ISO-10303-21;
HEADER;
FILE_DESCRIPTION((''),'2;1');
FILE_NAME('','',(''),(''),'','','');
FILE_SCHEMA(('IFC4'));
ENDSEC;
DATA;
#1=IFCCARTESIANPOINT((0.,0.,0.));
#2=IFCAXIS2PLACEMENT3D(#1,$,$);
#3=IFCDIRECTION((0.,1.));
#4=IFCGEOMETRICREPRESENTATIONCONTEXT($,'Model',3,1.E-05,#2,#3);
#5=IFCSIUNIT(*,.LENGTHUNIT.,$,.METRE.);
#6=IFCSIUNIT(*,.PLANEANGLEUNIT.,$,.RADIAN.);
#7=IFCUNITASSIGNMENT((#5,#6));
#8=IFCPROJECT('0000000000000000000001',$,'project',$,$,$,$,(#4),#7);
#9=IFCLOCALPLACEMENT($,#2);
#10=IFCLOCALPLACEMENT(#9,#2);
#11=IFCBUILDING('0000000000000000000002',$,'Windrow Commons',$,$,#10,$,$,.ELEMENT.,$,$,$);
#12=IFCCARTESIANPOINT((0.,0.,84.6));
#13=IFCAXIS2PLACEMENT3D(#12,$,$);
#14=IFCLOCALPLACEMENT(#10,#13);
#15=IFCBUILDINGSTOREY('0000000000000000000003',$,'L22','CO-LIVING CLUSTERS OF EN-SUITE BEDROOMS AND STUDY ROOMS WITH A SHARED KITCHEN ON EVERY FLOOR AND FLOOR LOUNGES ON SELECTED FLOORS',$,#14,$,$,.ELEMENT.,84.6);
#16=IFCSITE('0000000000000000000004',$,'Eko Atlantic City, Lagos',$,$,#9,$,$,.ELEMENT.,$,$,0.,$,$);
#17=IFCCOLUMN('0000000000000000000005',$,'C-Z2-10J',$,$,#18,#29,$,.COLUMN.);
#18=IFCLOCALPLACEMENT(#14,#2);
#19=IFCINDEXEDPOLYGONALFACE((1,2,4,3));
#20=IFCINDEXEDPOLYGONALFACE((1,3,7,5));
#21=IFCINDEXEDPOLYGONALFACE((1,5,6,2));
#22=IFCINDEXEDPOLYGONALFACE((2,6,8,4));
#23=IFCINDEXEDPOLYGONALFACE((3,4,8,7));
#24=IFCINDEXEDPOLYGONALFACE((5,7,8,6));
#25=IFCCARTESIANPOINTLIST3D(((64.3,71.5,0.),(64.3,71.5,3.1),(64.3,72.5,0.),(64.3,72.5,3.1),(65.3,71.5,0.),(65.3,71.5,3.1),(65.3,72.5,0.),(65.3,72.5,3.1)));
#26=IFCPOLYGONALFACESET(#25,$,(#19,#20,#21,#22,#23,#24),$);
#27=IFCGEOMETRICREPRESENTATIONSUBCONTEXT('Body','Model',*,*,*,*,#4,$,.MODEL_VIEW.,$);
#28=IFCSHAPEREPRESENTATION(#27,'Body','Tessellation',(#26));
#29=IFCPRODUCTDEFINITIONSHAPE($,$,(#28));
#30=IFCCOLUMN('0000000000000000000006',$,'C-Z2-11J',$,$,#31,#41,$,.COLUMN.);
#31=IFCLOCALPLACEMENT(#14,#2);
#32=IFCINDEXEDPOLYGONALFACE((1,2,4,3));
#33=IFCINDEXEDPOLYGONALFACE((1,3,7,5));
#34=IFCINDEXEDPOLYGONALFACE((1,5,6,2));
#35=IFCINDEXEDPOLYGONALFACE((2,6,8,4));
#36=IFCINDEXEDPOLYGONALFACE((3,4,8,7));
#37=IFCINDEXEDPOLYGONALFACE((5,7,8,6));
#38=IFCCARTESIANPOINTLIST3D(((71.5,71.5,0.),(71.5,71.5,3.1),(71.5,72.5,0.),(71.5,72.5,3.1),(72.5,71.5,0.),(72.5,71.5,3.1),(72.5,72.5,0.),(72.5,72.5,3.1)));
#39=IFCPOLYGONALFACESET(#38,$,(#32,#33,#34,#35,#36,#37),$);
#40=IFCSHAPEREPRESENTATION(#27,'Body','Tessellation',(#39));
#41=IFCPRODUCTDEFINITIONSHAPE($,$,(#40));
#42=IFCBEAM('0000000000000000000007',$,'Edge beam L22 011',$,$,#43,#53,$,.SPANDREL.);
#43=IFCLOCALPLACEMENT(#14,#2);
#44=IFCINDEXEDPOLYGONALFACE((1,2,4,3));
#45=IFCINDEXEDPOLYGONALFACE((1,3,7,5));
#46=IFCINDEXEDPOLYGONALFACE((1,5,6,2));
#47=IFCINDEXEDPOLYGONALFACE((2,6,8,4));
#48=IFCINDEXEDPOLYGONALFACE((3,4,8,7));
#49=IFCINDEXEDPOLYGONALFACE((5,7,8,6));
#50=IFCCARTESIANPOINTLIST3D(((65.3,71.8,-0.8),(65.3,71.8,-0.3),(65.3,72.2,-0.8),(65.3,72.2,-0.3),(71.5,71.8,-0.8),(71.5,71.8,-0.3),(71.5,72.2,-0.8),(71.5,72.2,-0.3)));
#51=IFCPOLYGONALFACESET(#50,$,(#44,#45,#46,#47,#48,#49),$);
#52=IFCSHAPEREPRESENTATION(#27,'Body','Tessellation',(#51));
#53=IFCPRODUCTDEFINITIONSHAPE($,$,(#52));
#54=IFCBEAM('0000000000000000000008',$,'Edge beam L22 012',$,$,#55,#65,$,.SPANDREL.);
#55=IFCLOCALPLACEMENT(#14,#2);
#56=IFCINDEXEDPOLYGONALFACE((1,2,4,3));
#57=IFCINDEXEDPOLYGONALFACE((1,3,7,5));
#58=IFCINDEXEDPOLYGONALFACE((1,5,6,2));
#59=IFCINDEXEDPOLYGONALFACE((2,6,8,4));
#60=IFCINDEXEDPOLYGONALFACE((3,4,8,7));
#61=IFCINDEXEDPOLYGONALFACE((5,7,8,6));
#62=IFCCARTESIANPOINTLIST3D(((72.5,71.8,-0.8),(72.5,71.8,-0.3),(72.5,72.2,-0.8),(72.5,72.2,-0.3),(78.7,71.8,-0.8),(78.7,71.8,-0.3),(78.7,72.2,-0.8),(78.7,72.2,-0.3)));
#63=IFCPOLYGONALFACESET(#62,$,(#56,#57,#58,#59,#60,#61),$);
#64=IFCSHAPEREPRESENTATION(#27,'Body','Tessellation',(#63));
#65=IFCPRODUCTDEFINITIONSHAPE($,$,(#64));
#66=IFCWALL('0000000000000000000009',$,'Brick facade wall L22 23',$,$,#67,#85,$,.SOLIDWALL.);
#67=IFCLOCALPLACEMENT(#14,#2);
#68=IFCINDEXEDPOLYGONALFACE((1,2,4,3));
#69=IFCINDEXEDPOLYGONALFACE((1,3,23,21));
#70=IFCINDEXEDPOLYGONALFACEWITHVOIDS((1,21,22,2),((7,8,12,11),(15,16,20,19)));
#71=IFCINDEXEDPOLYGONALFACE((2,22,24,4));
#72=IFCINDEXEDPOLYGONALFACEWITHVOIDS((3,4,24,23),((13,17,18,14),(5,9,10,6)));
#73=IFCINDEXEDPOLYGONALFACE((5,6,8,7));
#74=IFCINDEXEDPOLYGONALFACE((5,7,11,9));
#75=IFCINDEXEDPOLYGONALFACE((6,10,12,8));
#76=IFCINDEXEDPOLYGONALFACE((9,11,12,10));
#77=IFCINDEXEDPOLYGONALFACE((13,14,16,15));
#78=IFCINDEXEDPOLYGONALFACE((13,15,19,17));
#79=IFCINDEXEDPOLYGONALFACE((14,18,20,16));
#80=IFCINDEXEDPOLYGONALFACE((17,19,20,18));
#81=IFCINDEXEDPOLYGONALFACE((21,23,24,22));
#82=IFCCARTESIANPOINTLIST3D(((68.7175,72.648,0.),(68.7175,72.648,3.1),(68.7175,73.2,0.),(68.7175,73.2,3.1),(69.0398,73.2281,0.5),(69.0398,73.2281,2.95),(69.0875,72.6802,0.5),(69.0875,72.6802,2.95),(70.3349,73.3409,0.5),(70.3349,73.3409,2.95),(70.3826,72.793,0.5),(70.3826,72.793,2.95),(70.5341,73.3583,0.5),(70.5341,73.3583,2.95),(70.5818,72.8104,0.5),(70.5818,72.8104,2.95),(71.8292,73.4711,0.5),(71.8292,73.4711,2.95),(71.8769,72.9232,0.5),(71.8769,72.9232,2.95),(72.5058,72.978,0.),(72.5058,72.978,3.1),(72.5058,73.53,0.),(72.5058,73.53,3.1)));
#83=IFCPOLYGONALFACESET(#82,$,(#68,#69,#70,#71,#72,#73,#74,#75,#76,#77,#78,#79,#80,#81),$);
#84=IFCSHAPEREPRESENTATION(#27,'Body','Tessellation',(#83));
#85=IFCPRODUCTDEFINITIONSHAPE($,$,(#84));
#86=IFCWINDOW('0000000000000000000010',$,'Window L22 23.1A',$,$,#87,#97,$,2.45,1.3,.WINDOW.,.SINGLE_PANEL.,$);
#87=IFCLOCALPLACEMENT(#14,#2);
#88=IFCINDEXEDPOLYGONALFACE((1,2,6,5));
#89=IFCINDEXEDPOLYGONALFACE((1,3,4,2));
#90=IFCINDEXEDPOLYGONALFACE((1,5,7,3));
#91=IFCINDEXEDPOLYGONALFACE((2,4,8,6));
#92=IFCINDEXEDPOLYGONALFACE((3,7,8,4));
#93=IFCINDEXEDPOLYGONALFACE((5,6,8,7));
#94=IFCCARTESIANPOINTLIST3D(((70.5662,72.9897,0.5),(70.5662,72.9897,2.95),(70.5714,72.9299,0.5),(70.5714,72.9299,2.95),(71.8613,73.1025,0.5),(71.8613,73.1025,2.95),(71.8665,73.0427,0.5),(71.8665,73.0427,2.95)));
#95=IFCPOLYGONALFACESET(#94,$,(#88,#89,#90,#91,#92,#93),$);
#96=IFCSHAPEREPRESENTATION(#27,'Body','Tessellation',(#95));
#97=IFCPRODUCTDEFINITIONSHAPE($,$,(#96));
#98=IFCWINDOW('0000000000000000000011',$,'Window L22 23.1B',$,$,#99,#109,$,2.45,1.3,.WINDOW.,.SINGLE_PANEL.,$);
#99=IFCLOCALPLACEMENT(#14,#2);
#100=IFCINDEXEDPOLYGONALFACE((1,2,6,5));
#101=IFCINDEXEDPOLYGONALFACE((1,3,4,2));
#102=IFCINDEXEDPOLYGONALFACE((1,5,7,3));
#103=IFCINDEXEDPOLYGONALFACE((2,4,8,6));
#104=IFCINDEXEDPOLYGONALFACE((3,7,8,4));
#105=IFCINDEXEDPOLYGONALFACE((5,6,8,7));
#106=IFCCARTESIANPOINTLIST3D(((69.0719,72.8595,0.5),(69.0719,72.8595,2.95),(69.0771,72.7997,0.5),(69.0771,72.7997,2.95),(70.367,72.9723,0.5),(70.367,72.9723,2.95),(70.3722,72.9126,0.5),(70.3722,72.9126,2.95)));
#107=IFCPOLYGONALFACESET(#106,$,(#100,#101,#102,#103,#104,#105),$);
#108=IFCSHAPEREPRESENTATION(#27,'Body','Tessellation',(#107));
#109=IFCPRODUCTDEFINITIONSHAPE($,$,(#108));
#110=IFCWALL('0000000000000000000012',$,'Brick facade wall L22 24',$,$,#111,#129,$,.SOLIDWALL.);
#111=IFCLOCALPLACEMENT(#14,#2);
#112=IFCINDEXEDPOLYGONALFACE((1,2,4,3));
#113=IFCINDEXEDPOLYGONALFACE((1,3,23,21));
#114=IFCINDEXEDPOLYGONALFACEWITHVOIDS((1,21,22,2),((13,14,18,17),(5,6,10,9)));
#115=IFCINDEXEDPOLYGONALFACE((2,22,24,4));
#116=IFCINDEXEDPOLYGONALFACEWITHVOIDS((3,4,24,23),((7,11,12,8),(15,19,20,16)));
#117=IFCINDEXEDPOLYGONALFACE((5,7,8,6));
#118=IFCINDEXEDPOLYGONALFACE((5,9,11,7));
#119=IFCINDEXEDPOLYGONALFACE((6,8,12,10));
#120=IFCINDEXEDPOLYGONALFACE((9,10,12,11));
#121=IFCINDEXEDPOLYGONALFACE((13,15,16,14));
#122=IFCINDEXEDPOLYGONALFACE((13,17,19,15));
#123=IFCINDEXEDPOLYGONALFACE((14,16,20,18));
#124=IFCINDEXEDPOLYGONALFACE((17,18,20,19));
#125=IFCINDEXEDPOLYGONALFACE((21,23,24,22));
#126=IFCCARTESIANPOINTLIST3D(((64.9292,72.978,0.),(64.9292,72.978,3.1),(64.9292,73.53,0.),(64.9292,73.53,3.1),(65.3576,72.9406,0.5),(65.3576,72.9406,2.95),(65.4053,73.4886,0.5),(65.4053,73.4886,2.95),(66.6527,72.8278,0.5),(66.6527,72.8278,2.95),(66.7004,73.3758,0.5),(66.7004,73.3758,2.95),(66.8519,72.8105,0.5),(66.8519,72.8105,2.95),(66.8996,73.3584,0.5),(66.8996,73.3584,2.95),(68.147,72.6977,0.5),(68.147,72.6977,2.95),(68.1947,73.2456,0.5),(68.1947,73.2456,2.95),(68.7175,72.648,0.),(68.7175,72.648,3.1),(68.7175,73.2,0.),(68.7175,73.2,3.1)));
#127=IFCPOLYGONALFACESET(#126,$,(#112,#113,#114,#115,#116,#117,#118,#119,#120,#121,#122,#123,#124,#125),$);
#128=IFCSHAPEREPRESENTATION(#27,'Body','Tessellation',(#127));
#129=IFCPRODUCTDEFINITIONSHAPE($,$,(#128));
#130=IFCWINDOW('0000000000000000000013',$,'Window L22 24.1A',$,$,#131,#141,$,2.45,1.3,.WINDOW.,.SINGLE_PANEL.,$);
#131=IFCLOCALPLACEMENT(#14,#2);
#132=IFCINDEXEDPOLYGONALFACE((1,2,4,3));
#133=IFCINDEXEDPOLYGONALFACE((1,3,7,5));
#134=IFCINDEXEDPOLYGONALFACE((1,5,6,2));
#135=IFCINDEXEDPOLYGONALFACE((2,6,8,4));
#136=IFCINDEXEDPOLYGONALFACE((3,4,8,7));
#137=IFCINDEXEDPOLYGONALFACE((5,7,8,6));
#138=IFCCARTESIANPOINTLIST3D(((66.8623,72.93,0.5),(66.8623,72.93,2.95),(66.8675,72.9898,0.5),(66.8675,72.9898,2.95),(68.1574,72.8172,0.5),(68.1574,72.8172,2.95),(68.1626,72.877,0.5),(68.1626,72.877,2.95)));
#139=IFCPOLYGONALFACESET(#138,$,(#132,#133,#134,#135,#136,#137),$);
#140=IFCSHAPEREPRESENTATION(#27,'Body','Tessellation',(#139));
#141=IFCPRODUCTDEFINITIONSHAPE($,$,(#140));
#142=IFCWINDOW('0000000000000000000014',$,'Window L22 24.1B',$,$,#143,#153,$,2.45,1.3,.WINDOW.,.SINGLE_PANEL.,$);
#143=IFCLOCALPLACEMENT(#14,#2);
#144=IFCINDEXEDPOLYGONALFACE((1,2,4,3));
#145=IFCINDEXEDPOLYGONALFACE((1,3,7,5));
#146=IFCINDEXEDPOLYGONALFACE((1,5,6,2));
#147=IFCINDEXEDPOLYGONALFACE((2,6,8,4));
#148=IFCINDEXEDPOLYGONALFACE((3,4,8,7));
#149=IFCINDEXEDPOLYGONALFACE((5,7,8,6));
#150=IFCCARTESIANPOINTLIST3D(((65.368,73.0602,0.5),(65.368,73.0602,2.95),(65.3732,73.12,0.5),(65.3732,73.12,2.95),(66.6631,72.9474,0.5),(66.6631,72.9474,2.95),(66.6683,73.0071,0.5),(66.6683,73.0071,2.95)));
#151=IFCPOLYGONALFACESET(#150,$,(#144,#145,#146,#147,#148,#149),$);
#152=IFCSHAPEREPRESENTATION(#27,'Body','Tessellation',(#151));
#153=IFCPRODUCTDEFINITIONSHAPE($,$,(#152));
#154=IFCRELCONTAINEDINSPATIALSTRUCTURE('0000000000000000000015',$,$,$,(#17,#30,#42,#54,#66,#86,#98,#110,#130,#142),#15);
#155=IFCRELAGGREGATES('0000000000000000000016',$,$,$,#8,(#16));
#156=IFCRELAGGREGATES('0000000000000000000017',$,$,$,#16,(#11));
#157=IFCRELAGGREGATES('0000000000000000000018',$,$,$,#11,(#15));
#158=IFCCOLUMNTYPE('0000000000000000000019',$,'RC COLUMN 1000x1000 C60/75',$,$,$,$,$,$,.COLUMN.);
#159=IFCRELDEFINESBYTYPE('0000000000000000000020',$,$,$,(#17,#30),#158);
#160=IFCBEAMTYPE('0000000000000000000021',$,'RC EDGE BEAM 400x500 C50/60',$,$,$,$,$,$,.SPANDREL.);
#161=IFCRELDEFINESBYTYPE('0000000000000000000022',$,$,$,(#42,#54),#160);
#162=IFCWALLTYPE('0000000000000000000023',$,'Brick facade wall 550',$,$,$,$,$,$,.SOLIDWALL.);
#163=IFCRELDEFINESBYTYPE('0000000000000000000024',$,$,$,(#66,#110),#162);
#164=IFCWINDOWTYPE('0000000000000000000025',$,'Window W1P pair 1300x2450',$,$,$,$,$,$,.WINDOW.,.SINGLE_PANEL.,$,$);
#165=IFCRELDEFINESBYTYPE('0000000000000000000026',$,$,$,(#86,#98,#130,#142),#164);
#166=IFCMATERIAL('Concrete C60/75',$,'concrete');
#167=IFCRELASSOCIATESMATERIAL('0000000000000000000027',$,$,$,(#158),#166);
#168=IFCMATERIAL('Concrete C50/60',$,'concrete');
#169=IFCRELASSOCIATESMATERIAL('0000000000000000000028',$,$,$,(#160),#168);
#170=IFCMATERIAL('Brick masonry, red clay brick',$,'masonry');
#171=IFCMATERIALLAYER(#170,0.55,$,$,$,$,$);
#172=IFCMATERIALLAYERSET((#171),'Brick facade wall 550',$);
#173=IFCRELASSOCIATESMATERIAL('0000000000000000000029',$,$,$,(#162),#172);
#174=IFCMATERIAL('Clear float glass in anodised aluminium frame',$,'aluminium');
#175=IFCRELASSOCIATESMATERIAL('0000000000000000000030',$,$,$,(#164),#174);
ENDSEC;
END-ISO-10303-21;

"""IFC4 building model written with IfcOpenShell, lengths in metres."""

from ifc_helpers import new_model, si_unit, direction, frame, frame_2d, origin, origin_2d, place, context, subcontext, project, spatial, polyline, rectangle, outline, extrude, material, layer, layer_set, material_profile, profile_set, type_object, element, fill, save


model = new_model("IFC4")

# Units and contexts
model_context = context("Model", 3, precision=1e-05, world=origin(), true_north=direction((0.0, 1.0)))
body_context = subcontext(model_context, "Body", "Model", "MODEL_VIEW")
ifc_project = project(units=[si_unit("LENGTHUNIT", "METRE"), si_unit("PLANEANGLEUNIT", "RADIAN")], contexts=[model_context])

# Site, building, storey
site_placement = place(None, origin())
site = spatial("IfcSite", under=ifc_project, at=site_placement, Name="Eko Atlantic City, Lagos", CompositionType="ELEMENT", RefElevation=0.0)
building_placement = place(site_placement, origin())
building = spatial("IfcBuilding", under=site, at=building_placement, Name="Windrow Commons", CompositionType="ELEMENT")
storey_placement = place(building_placement, frame((0.0, 0.0, 84.6)))
storey = spatial("IfcBuildingStorey", under=building, at=storey_placement, Name="L22", Description="CO-LIVING CLUSTERS OF EN-SUITE BEDROOMS AND STUDY ROOMS WITH A SHARED KITCHEN ON EVERY FLOOR AND FLOOR LOUNGES ON SELECTED FLOORS", CompositionType="ELEMENT", Elevation=84.6)

# Columns
ifc_material_1 = material(Name="Concrete C60/75", Category="concrete")
ifc_material_profile_1 = material_profile(ifc_material_1, rectangle(XDim=1.0, YDim=1.0, at=origin_2d()))
ifc_profile_set_1 = profile_set([ifc_material_profile_1], Name="Concrete C60/75")
column_type = type_object("IfcColumnType", Name="RC COLUMN 1000x1000 C60/75", PredefinedType="COLUMN", material=ifc_profile_set_1)
for number, where, z_axis, x_axis, name in (
    (1, (64.8, 72.0, 0.0), (0.0, 0.0, 1.0), (1.0, 0.0, 0.0), "C-Z2-10J"),
    (2, (72.0, 72.0, 0.0), (0.0, 0.0, 1.0), (1.0, 0.0, 0.0), "C-Z2-11J"),
):
    element("IfcColumn", number, at=place(storey_placement, frame(where, z_axis=z_axis, x_axis=x_axis)), inside=storey, type_object=column_type, Name=name, PredefinedType="COLUMN", context=body_context, shape_type="SweptSolid", body=[
        extrude(rectangle(XDim=1.0, YDim=1.0, at=origin_2d()), origin(), (0.0, 0.0, 1.0), 3.1),
    ])

# Beams
ifc_material_2 = material(Name="Concrete C50/60", Category="concrete")
ifc_material_profile_2 = material_profile(ifc_material_2, rectangle(XDim=0.4, YDim=0.5, at=origin_2d()))
ifc_profile_set_2 = profile_set([ifc_material_profile_2], Name="Concrete C50/60")
beam_type = type_object("IfcBeamType", Name="RC EDGE BEAM 400x500 C50/60", PredefinedType="SPANDREL", material=ifc_profile_set_2)
for number, where, z_axis, x_axis, name in (
    (3, (65.3, 72.0, -0.55), (1.0, 0.0, 0.0), (0.0, 1.0, 0.0), "Edge beam L22 011"),
    (4, (72.5, 72.0, -0.55), (1.0, 0.0, 0.0), (0.0, 1.0, 0.0), "Edge beam L22 012"),
):
    element("IfcBeam", number, at=place(storey_placement, frame(where, z_axis=z_axis, x_axis=x_axis)), inside=storey, type_object=beam_type, Name=name, PredefinedType="SPANDREL", context=body_context, shape_type="SweptSolid", body=[
        extrude(rectangle(XDim=0.4, YDim=0.5, at=origin_2d()), origin(), (0.0, 0.0, 1.0), 6.2),
    ])

# Walls, openings, windows
ifc_material_3 = material(Name="Brick masonry, red clay brick", Category="masonry")
ifc_layer_1 = layer(ifc_material_3, 0.55)
ifc_layer_set_1 = layer_set([ifc_layer_1], Name="Brick facade wall 550")
wall_type_1 = type_object("IfcWallType", Name="Brick facade wall 550", PredefinedType="SOLIDWALL", material=ifc_layer_set_1)
wall_1_placement = place(storey_placement, frame((72.5058, 73.254, 0.0), z_axis=(0.0, 0.0, 1.0), x_axis=(-0.996227, -0.086782, 0.0)))
wall_1 = element("IfcWall", 5, at=wall_1_placement, inside=storey, type_object=wall_type_1, Name="Brick facade wall L22 23", PredefinedType="SOLIDWALL", context=body_context, shape_type="SweptSolid", body=[
    extrude(outline(polyline([(-0.024, -0.275), (3.7787, -0.275), (3.8266, 0.275), (0.024, 0.275), (-0.024, -0.275)])), origin(), (0.0, 0.0, 1.0), 3.1),
])
opening_1_placement = place(wall_1_placement, frame((0.6552, 0.0, 0.5)))
opening_1 = element("IfcOpeningElement", 6, at=opening_1_placement, cuts=wall_1, PredefinedType="OPENING", context=body_context, shape_type="SweptSolid", body=[
    extrude(rectangle(XDim=1.3, YDim=2.45, at=frame_2d((0.65, 1.225))), frame((0.0, 0.285, 0.0), z_axis=(0.0, -1.0, 0.0), x_axis=(1.0, 0.0, 0.0)), (0.0, 0.0, 1.0), 0.57),
])
opening_2_placement = place(wall_1_placement, frame((2.1552, 0.0, 0.5)))
opening_2 = element("IfcOpeningElement", 7, at=opening_2_placement, cuts=wall_1, PredefinedType="OPENING", context=body_context, shape_type="SweptSolid", body=[
    extrude(rectangle(XDim=1.3, YDim=2.45, at=frame_2d((0.65, 1.225))), frame((0.0, 0.285, 0.0), z_axis=(0.0, -1.0, 0.0), x_axis=(1.0, 0.0, 0.0)), (0.0, 0.0, 1.0), 0.57),
])
ifc_material_4 = material(Name="Clear float glass in anodised aluminium frame", Category="aluminium")
window_type = type_object("IfcWindowType", Name="Window W1P pair 1300x2450", PartitioningType="SINGLE_PANEL", PredefinedType="WINDOW", material=ifc_material_4)
window_1_placement = place(opening_1_placement, origin())
window_1 = element("IfcWindow", 8, at=window_1_placement, inside=storey, type_object=window_type, Name="Window L22 23.1A", OverallHeight=2.45, OverallWidth=1.3, PartitioningType="SINGLE_PANEL", PredefinedType="WINDOW", context=body_context, shape_type="SweptSolid", body=[
    extrude(rectangle(XDim=1.3, YDim=2.45, at=frame_2d((0.65, 1.225))), frame((0.0, 0.155, 0.0), z_axis=(0.0, -1.0, 0.0), x_axis=(1.0, 0.0, 0.0)), (0.0, 0.0, 1.0), 0.06),
])
fill(opening_1, window_1)
window_2_placement = place(opening_2_placement, origin())
window_2 = element("IfcWindow", 9, at=window_2_placement, inside=storey, type_object=window_type, Name="Window L22 23.1B", OverallHeight=2.45, OverallWidth=1.3, PartitioningType="SINGLE_PANEL", PredefinedType="WINDOW", context=body_context, shape_type="SweptSolid", body=[
    extrude(rectangle(XDim=1.3, YDim=2.45, at=frame_2d((0.65, 1.225))), frame((0.0, 0.155, 0.0), z_axis=(0.0, -1.0, 0.0), x_axis=(1.0, 0.0, 0.0)), (0.0, 0.0, 1.0), 0.06),
])
fill(opening_2, window_2)
wall_2_placement = place(storey_placement, frame((68.7175, 72.924, 0.0), z_axis=(0.0, 0.0, 1.0), x_axis=(-0.996227, 0.086782, 0.0)))
wall_2 = element("IfcWall", 10, at=wall_2_placement, inside=storey, type_object=wall_type_1, Name="Brick facade wall L22 24", PredefinedType="SOLIDWALL", context=body_context, shape_type="SweptSolid", body=[
    extrude(outline(polyline([(0.024, -0.275), (3.8266, -0.275), (3.7787, 0.275), (-0.024, 0.275), (0.024, -0.275)])), origin(), (0.0, 0.0, 1.0), 3.1),
])
opening_3_placement = place(wall_2_placement, frame((0.5487, 0.0, 0.5)))
opening_3 = element("IfcOpeningElement", 11, at=opening_3_placement, cuts=wall_2, PredefinedType="OPENING", context=body_context, shape_type="SweptSolid", body=[
    extrude(rectangle(XDim=1.3, YDim=2.45, at=frame_2d((0.65, 1.225))), frame((0.0, 0.285, 0.0), z_axis=(0.0, -1.0, 0.0), x_axis=(1.0, 0.0, 0.0)), (0.0, 0.0, 1.0), 0.57),
])
opening_4_placement = place(wall_2_placement, frame((2.0487, 0.0, 0.5)))
opening_4 = element("IfcOpeningElement", 12, at=opening_4_placement, cuts=wall_2, PredefinedType="OPENING", context=body_context, shape_type="SweptSolid", body=[
    extrude(rectangle(XDim=1.3, YDim=2.45, at=frame_2d((0.65, 1.225))), frame((0.0, 0.285, 0.0), z_axis=(0.0, -1.0, 0.0), x_axis=(1.0, 0.0, 0.0)), (0.0, 0.0, 1.0), 0.57),
])
window_3_placement = place(opening_3_placement, origin())
window_3 = element("IfcWindow", 13, at=window_3_placement, inside=storey, type_object=window_type, Name="Window L22 24.1A", OverallHeight=2.45, OverallWidth=1.3, PartitioningType="SINGLE_PANEL", PredefinedType="WINDOW", context=body_context, shape_type="SweptSolid", body=[
    extrude(rectangle(XDim=1.3, YDim=2.45, at=frame_2d((0.65, 1.225))), frame((0.0, 0.155, 0.0), z_axis=(0.0, -1.0, 0.0), x_axis=(1.0, 0.0, 0.0)), (0.0, 0.0, 1.0), 0.06),
])
fill(opening_3, window_3)
window_4_placement = place(opening_4_placement, origin())
window_4 = element("IfcWindow", 14, at=window_4_placement, inside=storey, type_object=window_type, Name="Window L22 24.1B", OverallHeight=2.45, OverallWidth=1.3, PartitioningType="SINGLE_PANEL", PredefinedType="WINDOW", context=body_context, shape_type="SweptSolid", body=[
    extrude(rectangle(XDim=1.3, YDim=2.45, at=frame_2d((0.65, 1.225))), frame((0.0, 0.155, 0.0), z_axis=(0.0, -1.0, 0.0), x_axis=(1.0, 0.0, 0.0)), (0.0, 0.0, 1.0), 0.06),
])
fill(opening_4, window_4)

save(model, "model.ifc")
